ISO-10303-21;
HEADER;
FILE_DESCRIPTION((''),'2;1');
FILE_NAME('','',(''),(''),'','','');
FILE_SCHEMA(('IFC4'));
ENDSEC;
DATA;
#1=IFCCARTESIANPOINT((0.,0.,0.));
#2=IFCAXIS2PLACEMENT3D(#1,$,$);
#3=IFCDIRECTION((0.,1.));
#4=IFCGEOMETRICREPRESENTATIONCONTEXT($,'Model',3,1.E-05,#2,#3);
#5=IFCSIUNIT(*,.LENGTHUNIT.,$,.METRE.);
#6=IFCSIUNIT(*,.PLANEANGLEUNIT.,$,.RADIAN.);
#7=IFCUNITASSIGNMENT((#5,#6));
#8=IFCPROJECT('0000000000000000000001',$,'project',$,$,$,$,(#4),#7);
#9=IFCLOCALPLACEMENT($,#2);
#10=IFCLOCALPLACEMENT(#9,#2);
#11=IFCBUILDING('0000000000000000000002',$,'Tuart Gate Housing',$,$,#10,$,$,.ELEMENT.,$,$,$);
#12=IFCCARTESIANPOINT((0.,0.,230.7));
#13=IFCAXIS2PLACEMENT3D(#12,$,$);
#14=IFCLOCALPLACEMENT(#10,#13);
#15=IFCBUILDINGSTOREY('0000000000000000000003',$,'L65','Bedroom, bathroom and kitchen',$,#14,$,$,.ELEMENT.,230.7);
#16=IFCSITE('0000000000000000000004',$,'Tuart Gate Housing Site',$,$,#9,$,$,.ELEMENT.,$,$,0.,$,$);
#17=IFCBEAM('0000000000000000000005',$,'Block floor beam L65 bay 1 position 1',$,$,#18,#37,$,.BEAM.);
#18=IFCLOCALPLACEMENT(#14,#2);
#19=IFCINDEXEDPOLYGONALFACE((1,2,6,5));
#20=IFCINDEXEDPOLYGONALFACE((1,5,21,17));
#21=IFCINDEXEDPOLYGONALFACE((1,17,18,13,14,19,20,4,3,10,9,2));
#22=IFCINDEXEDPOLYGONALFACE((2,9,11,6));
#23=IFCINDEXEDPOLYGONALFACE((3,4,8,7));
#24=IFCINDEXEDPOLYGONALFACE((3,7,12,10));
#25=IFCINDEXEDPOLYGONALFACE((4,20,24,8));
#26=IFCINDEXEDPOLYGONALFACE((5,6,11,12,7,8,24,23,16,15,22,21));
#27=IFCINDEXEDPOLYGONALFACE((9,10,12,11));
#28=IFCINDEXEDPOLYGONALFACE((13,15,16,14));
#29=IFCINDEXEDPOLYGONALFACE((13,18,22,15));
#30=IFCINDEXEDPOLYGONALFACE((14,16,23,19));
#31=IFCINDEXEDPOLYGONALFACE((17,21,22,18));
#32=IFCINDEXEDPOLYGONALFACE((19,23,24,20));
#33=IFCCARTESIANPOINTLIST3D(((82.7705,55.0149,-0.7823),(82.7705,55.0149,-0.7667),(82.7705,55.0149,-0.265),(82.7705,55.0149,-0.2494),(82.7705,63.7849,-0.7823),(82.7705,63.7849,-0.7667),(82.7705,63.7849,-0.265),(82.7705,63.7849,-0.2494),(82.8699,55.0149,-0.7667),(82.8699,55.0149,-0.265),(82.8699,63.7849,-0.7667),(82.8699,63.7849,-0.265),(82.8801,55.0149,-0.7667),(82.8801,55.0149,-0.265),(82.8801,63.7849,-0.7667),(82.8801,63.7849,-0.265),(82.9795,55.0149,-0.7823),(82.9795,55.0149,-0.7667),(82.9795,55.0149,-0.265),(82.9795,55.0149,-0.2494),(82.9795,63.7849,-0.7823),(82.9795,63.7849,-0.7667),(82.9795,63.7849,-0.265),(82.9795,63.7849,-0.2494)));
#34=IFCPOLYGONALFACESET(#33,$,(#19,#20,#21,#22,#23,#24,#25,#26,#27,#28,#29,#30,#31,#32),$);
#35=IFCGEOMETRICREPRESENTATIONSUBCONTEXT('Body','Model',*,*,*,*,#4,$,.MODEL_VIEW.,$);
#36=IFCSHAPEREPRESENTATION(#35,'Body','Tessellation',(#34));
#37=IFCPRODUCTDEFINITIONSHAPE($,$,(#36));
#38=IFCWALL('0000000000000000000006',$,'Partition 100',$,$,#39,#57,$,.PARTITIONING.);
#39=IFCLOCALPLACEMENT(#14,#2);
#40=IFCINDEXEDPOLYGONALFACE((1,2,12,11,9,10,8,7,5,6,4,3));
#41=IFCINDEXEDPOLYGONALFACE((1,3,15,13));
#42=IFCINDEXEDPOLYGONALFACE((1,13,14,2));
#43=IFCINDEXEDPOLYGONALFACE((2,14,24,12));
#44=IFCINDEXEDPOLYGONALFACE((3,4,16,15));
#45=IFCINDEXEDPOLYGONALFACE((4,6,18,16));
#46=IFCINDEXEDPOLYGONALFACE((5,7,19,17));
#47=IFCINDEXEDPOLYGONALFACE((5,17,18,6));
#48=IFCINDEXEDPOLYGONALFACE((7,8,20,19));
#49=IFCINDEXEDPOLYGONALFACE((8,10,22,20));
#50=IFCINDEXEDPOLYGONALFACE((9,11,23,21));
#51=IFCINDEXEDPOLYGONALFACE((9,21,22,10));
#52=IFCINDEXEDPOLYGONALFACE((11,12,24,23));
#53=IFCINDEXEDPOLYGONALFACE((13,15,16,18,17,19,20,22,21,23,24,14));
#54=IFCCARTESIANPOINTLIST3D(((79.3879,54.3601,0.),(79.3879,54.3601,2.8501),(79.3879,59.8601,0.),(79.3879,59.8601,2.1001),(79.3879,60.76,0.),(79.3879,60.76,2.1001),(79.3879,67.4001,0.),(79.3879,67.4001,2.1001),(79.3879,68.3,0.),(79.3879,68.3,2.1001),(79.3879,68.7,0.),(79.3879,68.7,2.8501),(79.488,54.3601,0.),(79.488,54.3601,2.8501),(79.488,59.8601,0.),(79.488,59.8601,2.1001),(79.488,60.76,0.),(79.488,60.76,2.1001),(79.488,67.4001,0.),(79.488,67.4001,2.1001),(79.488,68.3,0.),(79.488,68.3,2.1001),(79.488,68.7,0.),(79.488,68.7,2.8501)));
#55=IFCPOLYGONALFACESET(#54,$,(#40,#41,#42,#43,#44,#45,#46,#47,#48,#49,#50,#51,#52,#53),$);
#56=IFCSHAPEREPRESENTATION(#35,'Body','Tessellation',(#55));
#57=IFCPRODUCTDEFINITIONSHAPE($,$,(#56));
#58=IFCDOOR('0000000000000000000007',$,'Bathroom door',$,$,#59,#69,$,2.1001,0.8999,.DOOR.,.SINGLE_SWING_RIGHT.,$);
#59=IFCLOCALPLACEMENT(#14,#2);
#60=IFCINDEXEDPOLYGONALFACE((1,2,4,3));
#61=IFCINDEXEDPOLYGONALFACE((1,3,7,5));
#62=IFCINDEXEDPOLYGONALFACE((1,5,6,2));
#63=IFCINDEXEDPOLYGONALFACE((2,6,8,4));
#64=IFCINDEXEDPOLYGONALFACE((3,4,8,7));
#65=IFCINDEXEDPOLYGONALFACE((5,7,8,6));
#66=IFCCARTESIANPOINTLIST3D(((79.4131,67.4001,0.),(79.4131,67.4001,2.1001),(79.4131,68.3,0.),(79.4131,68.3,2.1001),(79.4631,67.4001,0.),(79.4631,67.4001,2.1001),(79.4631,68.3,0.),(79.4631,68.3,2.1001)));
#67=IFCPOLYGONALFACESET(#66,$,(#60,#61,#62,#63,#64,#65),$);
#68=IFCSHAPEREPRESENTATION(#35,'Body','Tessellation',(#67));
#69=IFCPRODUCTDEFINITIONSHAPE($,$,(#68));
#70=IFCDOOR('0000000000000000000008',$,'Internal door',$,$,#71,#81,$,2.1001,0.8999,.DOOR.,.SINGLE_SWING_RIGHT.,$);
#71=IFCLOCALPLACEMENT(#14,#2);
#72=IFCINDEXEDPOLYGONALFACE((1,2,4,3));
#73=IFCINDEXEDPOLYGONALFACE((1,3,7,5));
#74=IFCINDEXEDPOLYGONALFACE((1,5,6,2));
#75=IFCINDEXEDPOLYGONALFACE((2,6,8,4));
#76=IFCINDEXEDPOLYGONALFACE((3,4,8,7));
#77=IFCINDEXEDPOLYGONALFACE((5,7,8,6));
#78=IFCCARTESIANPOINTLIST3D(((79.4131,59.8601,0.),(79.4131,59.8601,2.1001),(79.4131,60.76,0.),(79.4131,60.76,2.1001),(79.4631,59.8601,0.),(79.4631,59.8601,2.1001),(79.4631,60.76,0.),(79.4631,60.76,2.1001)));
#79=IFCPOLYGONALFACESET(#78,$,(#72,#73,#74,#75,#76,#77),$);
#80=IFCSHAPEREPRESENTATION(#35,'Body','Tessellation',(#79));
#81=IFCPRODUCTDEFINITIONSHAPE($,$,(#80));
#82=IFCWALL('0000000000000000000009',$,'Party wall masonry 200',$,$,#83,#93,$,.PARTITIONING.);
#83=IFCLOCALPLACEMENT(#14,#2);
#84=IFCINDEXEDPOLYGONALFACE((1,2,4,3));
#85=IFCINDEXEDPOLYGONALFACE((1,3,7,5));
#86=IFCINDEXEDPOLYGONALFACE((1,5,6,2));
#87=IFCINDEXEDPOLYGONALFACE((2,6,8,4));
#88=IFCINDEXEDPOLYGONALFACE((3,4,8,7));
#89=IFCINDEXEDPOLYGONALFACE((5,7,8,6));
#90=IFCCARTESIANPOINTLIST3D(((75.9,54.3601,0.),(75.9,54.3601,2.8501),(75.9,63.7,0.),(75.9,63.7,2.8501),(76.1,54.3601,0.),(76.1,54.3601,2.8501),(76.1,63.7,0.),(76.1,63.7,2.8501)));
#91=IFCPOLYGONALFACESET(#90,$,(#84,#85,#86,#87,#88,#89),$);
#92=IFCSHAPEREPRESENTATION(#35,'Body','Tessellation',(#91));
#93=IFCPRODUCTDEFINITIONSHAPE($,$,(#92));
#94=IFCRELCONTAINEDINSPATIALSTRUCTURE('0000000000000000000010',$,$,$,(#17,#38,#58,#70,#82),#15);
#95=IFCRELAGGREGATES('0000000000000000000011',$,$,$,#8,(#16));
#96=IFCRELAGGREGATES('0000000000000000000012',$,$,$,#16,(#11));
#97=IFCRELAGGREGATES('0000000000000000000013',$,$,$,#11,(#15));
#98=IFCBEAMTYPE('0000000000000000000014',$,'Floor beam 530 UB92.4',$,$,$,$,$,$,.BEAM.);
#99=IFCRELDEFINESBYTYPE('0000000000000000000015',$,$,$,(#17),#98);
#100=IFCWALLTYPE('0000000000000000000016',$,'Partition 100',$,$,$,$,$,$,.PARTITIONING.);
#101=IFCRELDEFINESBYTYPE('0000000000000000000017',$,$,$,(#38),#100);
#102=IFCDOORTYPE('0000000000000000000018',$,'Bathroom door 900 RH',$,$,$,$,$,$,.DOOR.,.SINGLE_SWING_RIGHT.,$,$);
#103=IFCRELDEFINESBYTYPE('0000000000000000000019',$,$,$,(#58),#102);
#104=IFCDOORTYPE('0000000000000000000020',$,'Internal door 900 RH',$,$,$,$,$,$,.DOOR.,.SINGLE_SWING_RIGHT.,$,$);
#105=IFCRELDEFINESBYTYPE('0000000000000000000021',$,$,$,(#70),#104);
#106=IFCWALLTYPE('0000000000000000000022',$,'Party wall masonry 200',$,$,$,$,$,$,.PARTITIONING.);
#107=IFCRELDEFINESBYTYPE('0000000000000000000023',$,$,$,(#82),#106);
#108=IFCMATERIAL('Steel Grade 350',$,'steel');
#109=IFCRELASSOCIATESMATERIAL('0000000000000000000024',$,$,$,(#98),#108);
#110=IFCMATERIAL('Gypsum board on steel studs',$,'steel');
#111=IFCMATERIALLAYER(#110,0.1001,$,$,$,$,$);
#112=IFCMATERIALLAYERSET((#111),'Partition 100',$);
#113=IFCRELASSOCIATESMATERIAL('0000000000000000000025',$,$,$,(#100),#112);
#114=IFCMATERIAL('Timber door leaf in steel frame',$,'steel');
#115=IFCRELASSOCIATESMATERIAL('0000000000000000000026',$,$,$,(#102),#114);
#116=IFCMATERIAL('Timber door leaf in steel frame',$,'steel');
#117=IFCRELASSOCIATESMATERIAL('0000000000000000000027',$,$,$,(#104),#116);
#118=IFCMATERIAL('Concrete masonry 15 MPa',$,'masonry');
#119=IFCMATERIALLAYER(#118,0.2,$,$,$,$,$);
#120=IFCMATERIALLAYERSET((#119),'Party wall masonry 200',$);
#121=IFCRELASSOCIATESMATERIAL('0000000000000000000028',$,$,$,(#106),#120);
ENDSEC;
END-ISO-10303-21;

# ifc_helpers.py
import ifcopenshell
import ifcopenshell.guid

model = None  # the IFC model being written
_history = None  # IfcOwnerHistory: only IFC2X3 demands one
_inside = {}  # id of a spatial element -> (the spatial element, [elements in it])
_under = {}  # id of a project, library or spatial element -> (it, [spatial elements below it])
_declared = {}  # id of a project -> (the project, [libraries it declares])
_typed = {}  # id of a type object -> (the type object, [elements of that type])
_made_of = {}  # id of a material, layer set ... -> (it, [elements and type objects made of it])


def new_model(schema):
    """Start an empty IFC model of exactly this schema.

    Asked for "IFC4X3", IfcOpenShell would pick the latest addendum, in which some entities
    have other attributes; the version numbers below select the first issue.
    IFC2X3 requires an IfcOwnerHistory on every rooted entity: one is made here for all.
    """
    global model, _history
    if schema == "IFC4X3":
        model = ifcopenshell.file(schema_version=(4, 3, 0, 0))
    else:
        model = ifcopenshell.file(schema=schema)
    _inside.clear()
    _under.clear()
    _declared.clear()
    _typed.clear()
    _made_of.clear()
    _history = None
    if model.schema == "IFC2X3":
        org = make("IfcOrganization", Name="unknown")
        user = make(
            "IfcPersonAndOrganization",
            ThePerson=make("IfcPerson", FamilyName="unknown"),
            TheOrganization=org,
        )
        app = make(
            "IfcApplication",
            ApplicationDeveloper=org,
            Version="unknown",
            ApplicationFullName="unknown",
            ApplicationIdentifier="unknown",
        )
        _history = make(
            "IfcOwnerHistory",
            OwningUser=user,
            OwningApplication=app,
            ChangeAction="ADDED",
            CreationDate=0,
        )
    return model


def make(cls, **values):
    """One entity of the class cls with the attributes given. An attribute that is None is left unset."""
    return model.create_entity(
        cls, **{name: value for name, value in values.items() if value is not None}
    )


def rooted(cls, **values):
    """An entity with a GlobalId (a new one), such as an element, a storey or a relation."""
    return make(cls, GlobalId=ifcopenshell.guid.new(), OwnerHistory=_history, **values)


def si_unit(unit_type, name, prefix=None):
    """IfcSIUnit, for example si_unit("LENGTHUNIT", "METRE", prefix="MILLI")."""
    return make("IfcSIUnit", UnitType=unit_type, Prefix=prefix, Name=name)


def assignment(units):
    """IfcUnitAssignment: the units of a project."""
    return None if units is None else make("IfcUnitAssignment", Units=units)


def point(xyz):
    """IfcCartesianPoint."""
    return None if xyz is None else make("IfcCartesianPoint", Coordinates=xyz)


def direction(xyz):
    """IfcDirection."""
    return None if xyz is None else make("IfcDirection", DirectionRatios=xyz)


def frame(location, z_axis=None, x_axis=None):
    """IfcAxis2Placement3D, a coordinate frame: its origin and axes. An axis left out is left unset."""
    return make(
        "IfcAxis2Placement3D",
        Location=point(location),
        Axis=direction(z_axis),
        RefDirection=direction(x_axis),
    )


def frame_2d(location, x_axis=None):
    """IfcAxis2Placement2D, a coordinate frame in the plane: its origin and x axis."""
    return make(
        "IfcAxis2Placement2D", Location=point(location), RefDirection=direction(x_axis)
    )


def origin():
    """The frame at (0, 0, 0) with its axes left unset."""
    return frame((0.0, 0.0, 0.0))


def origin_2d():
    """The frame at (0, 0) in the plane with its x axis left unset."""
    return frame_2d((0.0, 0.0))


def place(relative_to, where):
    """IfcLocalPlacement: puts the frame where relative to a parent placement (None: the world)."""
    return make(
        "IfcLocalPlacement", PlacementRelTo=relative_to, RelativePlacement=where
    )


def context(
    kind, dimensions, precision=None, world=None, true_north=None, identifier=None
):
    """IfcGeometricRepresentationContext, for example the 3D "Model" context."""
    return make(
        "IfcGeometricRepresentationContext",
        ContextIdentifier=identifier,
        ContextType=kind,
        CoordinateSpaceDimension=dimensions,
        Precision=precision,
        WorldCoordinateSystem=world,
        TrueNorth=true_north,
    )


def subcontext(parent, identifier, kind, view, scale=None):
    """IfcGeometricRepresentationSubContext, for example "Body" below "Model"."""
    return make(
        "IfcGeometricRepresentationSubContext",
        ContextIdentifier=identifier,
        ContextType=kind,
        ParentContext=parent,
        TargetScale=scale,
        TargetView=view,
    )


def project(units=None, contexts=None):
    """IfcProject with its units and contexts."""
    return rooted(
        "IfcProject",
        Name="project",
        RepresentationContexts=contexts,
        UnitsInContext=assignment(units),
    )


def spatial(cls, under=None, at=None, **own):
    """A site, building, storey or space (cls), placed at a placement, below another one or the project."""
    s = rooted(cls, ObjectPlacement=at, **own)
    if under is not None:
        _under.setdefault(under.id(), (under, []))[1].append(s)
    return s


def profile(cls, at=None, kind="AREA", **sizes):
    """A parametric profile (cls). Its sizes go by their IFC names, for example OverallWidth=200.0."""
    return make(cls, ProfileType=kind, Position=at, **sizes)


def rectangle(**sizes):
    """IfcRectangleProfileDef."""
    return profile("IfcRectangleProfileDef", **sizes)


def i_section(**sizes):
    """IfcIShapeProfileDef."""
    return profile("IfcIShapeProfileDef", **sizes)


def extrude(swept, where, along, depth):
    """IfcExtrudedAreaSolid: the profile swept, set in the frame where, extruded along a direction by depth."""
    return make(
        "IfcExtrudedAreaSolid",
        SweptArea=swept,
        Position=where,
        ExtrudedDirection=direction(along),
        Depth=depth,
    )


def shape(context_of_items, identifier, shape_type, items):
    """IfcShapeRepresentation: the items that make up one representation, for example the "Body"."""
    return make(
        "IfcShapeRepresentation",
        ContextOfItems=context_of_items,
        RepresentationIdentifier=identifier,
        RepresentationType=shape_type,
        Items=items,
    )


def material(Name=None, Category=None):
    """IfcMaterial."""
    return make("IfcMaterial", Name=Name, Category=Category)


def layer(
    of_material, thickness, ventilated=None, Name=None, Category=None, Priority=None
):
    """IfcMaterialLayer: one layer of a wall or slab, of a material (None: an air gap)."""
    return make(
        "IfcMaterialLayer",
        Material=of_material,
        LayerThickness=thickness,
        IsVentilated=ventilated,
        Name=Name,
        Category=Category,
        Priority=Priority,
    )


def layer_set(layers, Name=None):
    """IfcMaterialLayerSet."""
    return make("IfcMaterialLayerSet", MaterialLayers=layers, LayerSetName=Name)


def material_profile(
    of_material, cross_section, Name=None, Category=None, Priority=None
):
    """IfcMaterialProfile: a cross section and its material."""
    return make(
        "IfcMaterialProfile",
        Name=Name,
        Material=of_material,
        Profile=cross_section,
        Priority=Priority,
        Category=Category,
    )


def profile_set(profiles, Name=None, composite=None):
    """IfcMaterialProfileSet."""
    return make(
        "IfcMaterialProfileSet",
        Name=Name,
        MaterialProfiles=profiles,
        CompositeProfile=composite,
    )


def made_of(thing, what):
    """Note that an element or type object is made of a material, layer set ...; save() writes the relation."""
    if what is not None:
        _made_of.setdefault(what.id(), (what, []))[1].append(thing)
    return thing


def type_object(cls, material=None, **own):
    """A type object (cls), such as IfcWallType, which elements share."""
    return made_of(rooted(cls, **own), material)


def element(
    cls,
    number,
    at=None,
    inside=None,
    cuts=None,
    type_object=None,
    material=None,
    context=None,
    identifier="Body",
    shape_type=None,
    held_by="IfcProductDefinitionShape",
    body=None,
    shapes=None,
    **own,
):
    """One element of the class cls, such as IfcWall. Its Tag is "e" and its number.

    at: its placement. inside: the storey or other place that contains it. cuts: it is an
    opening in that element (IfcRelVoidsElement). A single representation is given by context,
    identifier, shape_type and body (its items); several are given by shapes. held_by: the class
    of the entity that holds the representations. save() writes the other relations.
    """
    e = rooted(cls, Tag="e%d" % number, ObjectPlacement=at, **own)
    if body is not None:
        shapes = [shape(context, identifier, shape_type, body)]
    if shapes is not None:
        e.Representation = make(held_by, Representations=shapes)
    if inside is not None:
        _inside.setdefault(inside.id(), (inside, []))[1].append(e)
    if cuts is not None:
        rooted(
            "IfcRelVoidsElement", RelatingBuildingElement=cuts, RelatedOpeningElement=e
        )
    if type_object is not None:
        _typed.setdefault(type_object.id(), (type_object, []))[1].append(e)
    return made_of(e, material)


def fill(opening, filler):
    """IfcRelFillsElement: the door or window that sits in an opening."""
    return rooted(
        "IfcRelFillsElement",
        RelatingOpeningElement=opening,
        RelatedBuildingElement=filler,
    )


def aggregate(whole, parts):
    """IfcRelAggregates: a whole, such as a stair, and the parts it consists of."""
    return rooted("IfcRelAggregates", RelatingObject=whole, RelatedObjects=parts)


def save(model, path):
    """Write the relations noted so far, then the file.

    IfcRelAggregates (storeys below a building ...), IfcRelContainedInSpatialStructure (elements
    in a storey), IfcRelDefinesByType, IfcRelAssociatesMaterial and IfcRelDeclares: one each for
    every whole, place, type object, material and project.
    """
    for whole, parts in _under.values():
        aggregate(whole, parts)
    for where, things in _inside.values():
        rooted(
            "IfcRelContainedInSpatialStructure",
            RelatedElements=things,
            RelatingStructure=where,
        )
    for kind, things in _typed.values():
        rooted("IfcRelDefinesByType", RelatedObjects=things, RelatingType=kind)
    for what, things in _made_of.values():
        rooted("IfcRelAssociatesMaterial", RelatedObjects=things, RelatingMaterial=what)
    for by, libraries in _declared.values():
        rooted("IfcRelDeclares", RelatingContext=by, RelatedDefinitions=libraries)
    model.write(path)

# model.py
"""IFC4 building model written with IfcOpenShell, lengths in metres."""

from ifc_helpers import new_model, si_unit, direction, frame, frame_2d, origin, origin_2d, place, context, subcontext, project, spatial, rectangle, i_section, extrude, material, layer, layer_set, material_profile, profile_set, type_object, element, fill, save


model = new_model("IFC4")

# Units and contexts
model_context = context("Model", 3, precision=1e-05, world=origin(), true_north=direction((0.0, 1.0)))
body_context = subcontext(model_context, "Body", "Model", "MODEL_VIEW")
ifc_project = project(units=[si_unit("LENGTHUNIT", "METRE"), si_unit("PLANEANGLEUNIT", "RADIAN")], contexts=[model_context])

# Site, building, storey
site_placement = place(None, origin())
site = spatial("IfcSite", under=ifc_project, at=site_placement, Name="Tuart Gate Housing Site", CompositionType="ELEMENT", RefElevation=0.0)
building_placement = place(site_placement, origin())
building = spatial("IfcBuilding", under=site, at=building_placement, Name="Tuart Gate Housing", CompositionType="ELEMENT")
storey_placement = place(building_placement, frame((0.0, 0.0, 230.7)))
storey = spatial("IfcBuildingStorey", under=building, at=storey_placement, Name="L65", Description="Bedroom, bathroom and kitchen", CompositionType="ELEMENT", Elevation=230.7)

# Beam
ifc_material_1 = material(Name="Steel Grade 350", Category="steel")
ifc_material_profile = material_profile(ifc_material_1, i_section(OverallWidth=0.209, OverallDepth=0.533, WebThickness=0.0103, FlangeThickness=0.0156, at=origin_2d()), Name="530UB92.4")
ifc_profile_set = profile_set([ifc_material_profile], Name="Steel Grade 350")
beam_type = type_object("IfcBeamType", Name="Floor beam 530 UB92.4", PredefinedType="BEAM", material=ifc_profile_set)
beam_placement = place(storey_placement, frame((82.875, 55.0149, -0.5159), z_axis=(0.0, 1.0, 0.0), x_axis=(-1.0, 0.0, 0.0)))
element("IfcBeam", 1, at=beam_placement, inside=storey, type_object=beam_type, Name="Block floor beam L65 bay 1 position 1", PredefinedType="BEAM", context=body_context, shape_type="SweptSolid", body=[
    extrude(i_section(OverallWidth=0.209, OverallDepth=0.533, WebThickness=0.0103, FlangeThickness=0.0156, at=origin_2d()), origin(), (0.0, 0.0, 1.0), 8.77),
])

# Wall, openings, doors
ifc_material_2 = material(Name="Gypsum board on steel studs", Category="steel")
ifc_layer_1 = layer(ifc_material_2, 0.1001)
ifc_layer_set_1 = layer_set([ifc_layer_1], Name="Partition 100")
wall_type_1 = type_object("IfcWallType", Name="Partition 100", PredefinedType="PARTITIONING", material=ifc_layer_set_1)
wall_1_placement = place(storey_placement, frame((79.438, 54.3601, 0.0), z_axis=(0.0, 0.0, 1.0), x_axis=(0.0, 1.0, 0.0)))
wall_1 = element("IfcWall", 2, at=wall_1_placement, inside=storey, type_object=wall_type_1, Name="Partition 100", PredefinedType="PARTITIONING", context=body_context, shape_type="SweptSolid", body=[
    extrude(rectangle(XDim=14.3398, YDim=0.1001, at=frame_2d((7.1699, 0.0))), origin(), (0.0, 0.0, 1.0), 2.8501),
])
opening_1_placement = place(wall_1_placement, frame((5.5, 0.0, 0.0)))
opening_1 = element("IfcOpeningElement", 3, at=opening_1_placement, cuts=wall_1, PredefinedType="OPENING", context=body_context, shape_type="SweptSolid", body=[
    extrude(rectangle(XDim=0.8999, YDim=2.1001, at=frame_2d((0.45, 1.05))), frame((0.0, 0.0601, 0.0), z_axis=(0.0, -1.0, 0.0), x_axis=(1.0, 0.0, 0.0)), (0.0, 0.0, 1.0), 0.1201),
])
opening_2_placement = place(wall_1_placement, frame((13.04, 0.0, 0.0)))
opening_2 = element("IfcOpeningElement", 4, at=opening_2_placement, cuts=wall_1, PredefinedType="OPENING", context=body_context, shape_type="SweptSolid", body=[
    extrude(rectangle(XDim=0.8999, YDim=2.1001, at=frame_2d((0.45, 1.05))), frame((0.0, 0.0601, 0.0), z_axis=(0.0, -1.0, 0.0), x_axis=(1.0, 0.0, 0.0)), (0.0, 0.0, 1.0), 0.1201),
])
ifc_material_3 = material(Name="Timber door leaf in steel frame", Category="steel")
door_type_1 = type_object("IfcDoorType", Name="Bathroom door 900 RH", OperationType="SINGLE_SWING_RIGHT", PredefinedType="DOOR", material=ifc_material_3)
door_1_placement = place(opening_2_placement, origin())
door_1 = element("IfcDoor", 5, at=door_1_placement, inside=storey, type_object=door_type_1, Name="Bathroom door", OperationType="SINGLE_SWING_RIGHT", OverallHeight=2.1001, OverallWidth=0.8999, PredefinedType="DOOR", context=body_context, shape_type="SweptSolid", body=[
    extrude(rectangle(XDim=0.8999, YDim=2.1001, at=frame_2d((0.45, 1.05))), frame((0.0, 0.0249, 0.0), z_axis=(0.0, -1.0, 0.0), x_axis=(1.0, 0.0, 0.0)), (0.0, 0.0, 1.0), 0.05),
])
fill(opening_2, door_1)
ifc_material_4 = material(Name="Timber door leaf in steel frame", Category="steel")
door_type_2 = type_object("IfcDoorType", Name="Internal door 900 RH", OperationType="SINGLE_SWING_RIGHT", PredefinedType="DOOR", material=ifc_material_4)
door_2_placement = place(opening_1_placement, origin())
door_2 = element("IfcDoor", 6, at=door_2_placement, inside=storey, type_object=door_type_2, Name="Internal door", OperationType="SINGLE_SWING_RIGHT", OverallHeight=2.1001, OverallWidth=0.8999, PredefinedType="DOOR", context=body_context, shape_type="SweptSolid", body=[
    extrude(rectangle(XDim=0.8999, YDim=2.1001, at=frame_2d((0.45, 1.05))), frame((0.0, 0.0249, 0.0), z_axis=(0.0, -1.0, 0.0), x_axis=(1.0, 0.0, 0.0)), (0.0, 0.0, 1.0), 0.05),
])
fill(opening_1, door_2)

# Wall
ifc_material_5 = material(Name="Concrete masonry 15 MPa", Category="masonry")
ifc_layer_2 = layer(ifc_material_5, 0.2)
ifc_layer_set_2 = layer_set([ifc_layer_2], Name="Party wall masonry 200")
wall_type_2 = type_object("IfcWallType", Name="Party wall masonry 200", PredefinedType="PARTITIONING", material=ifc_layer_set_2)
wall_2_placement = place(storey_placement, frame((76.0, 54.3601, 0.0), z_axis=(0.0, 0.0, 1.0), x_axis=(0.0, 1.0, 0.0)))
element("IfcWall", 7, at=wall_2_placement, inside=storey, type_object=wall_type_2, Name="Party wall masonry 200", PredefinedType="PARTITIONING", context=body_context, shape_type="SweptSolid", body=[
    extrude(rectangle(XDim=9.3398, YDim=0.2, at=frame_2d((4.6699, 0.0))), origin(), (0.0, 0.0, 1.0), 2.8501),
])

save(model, "model.ifc")
